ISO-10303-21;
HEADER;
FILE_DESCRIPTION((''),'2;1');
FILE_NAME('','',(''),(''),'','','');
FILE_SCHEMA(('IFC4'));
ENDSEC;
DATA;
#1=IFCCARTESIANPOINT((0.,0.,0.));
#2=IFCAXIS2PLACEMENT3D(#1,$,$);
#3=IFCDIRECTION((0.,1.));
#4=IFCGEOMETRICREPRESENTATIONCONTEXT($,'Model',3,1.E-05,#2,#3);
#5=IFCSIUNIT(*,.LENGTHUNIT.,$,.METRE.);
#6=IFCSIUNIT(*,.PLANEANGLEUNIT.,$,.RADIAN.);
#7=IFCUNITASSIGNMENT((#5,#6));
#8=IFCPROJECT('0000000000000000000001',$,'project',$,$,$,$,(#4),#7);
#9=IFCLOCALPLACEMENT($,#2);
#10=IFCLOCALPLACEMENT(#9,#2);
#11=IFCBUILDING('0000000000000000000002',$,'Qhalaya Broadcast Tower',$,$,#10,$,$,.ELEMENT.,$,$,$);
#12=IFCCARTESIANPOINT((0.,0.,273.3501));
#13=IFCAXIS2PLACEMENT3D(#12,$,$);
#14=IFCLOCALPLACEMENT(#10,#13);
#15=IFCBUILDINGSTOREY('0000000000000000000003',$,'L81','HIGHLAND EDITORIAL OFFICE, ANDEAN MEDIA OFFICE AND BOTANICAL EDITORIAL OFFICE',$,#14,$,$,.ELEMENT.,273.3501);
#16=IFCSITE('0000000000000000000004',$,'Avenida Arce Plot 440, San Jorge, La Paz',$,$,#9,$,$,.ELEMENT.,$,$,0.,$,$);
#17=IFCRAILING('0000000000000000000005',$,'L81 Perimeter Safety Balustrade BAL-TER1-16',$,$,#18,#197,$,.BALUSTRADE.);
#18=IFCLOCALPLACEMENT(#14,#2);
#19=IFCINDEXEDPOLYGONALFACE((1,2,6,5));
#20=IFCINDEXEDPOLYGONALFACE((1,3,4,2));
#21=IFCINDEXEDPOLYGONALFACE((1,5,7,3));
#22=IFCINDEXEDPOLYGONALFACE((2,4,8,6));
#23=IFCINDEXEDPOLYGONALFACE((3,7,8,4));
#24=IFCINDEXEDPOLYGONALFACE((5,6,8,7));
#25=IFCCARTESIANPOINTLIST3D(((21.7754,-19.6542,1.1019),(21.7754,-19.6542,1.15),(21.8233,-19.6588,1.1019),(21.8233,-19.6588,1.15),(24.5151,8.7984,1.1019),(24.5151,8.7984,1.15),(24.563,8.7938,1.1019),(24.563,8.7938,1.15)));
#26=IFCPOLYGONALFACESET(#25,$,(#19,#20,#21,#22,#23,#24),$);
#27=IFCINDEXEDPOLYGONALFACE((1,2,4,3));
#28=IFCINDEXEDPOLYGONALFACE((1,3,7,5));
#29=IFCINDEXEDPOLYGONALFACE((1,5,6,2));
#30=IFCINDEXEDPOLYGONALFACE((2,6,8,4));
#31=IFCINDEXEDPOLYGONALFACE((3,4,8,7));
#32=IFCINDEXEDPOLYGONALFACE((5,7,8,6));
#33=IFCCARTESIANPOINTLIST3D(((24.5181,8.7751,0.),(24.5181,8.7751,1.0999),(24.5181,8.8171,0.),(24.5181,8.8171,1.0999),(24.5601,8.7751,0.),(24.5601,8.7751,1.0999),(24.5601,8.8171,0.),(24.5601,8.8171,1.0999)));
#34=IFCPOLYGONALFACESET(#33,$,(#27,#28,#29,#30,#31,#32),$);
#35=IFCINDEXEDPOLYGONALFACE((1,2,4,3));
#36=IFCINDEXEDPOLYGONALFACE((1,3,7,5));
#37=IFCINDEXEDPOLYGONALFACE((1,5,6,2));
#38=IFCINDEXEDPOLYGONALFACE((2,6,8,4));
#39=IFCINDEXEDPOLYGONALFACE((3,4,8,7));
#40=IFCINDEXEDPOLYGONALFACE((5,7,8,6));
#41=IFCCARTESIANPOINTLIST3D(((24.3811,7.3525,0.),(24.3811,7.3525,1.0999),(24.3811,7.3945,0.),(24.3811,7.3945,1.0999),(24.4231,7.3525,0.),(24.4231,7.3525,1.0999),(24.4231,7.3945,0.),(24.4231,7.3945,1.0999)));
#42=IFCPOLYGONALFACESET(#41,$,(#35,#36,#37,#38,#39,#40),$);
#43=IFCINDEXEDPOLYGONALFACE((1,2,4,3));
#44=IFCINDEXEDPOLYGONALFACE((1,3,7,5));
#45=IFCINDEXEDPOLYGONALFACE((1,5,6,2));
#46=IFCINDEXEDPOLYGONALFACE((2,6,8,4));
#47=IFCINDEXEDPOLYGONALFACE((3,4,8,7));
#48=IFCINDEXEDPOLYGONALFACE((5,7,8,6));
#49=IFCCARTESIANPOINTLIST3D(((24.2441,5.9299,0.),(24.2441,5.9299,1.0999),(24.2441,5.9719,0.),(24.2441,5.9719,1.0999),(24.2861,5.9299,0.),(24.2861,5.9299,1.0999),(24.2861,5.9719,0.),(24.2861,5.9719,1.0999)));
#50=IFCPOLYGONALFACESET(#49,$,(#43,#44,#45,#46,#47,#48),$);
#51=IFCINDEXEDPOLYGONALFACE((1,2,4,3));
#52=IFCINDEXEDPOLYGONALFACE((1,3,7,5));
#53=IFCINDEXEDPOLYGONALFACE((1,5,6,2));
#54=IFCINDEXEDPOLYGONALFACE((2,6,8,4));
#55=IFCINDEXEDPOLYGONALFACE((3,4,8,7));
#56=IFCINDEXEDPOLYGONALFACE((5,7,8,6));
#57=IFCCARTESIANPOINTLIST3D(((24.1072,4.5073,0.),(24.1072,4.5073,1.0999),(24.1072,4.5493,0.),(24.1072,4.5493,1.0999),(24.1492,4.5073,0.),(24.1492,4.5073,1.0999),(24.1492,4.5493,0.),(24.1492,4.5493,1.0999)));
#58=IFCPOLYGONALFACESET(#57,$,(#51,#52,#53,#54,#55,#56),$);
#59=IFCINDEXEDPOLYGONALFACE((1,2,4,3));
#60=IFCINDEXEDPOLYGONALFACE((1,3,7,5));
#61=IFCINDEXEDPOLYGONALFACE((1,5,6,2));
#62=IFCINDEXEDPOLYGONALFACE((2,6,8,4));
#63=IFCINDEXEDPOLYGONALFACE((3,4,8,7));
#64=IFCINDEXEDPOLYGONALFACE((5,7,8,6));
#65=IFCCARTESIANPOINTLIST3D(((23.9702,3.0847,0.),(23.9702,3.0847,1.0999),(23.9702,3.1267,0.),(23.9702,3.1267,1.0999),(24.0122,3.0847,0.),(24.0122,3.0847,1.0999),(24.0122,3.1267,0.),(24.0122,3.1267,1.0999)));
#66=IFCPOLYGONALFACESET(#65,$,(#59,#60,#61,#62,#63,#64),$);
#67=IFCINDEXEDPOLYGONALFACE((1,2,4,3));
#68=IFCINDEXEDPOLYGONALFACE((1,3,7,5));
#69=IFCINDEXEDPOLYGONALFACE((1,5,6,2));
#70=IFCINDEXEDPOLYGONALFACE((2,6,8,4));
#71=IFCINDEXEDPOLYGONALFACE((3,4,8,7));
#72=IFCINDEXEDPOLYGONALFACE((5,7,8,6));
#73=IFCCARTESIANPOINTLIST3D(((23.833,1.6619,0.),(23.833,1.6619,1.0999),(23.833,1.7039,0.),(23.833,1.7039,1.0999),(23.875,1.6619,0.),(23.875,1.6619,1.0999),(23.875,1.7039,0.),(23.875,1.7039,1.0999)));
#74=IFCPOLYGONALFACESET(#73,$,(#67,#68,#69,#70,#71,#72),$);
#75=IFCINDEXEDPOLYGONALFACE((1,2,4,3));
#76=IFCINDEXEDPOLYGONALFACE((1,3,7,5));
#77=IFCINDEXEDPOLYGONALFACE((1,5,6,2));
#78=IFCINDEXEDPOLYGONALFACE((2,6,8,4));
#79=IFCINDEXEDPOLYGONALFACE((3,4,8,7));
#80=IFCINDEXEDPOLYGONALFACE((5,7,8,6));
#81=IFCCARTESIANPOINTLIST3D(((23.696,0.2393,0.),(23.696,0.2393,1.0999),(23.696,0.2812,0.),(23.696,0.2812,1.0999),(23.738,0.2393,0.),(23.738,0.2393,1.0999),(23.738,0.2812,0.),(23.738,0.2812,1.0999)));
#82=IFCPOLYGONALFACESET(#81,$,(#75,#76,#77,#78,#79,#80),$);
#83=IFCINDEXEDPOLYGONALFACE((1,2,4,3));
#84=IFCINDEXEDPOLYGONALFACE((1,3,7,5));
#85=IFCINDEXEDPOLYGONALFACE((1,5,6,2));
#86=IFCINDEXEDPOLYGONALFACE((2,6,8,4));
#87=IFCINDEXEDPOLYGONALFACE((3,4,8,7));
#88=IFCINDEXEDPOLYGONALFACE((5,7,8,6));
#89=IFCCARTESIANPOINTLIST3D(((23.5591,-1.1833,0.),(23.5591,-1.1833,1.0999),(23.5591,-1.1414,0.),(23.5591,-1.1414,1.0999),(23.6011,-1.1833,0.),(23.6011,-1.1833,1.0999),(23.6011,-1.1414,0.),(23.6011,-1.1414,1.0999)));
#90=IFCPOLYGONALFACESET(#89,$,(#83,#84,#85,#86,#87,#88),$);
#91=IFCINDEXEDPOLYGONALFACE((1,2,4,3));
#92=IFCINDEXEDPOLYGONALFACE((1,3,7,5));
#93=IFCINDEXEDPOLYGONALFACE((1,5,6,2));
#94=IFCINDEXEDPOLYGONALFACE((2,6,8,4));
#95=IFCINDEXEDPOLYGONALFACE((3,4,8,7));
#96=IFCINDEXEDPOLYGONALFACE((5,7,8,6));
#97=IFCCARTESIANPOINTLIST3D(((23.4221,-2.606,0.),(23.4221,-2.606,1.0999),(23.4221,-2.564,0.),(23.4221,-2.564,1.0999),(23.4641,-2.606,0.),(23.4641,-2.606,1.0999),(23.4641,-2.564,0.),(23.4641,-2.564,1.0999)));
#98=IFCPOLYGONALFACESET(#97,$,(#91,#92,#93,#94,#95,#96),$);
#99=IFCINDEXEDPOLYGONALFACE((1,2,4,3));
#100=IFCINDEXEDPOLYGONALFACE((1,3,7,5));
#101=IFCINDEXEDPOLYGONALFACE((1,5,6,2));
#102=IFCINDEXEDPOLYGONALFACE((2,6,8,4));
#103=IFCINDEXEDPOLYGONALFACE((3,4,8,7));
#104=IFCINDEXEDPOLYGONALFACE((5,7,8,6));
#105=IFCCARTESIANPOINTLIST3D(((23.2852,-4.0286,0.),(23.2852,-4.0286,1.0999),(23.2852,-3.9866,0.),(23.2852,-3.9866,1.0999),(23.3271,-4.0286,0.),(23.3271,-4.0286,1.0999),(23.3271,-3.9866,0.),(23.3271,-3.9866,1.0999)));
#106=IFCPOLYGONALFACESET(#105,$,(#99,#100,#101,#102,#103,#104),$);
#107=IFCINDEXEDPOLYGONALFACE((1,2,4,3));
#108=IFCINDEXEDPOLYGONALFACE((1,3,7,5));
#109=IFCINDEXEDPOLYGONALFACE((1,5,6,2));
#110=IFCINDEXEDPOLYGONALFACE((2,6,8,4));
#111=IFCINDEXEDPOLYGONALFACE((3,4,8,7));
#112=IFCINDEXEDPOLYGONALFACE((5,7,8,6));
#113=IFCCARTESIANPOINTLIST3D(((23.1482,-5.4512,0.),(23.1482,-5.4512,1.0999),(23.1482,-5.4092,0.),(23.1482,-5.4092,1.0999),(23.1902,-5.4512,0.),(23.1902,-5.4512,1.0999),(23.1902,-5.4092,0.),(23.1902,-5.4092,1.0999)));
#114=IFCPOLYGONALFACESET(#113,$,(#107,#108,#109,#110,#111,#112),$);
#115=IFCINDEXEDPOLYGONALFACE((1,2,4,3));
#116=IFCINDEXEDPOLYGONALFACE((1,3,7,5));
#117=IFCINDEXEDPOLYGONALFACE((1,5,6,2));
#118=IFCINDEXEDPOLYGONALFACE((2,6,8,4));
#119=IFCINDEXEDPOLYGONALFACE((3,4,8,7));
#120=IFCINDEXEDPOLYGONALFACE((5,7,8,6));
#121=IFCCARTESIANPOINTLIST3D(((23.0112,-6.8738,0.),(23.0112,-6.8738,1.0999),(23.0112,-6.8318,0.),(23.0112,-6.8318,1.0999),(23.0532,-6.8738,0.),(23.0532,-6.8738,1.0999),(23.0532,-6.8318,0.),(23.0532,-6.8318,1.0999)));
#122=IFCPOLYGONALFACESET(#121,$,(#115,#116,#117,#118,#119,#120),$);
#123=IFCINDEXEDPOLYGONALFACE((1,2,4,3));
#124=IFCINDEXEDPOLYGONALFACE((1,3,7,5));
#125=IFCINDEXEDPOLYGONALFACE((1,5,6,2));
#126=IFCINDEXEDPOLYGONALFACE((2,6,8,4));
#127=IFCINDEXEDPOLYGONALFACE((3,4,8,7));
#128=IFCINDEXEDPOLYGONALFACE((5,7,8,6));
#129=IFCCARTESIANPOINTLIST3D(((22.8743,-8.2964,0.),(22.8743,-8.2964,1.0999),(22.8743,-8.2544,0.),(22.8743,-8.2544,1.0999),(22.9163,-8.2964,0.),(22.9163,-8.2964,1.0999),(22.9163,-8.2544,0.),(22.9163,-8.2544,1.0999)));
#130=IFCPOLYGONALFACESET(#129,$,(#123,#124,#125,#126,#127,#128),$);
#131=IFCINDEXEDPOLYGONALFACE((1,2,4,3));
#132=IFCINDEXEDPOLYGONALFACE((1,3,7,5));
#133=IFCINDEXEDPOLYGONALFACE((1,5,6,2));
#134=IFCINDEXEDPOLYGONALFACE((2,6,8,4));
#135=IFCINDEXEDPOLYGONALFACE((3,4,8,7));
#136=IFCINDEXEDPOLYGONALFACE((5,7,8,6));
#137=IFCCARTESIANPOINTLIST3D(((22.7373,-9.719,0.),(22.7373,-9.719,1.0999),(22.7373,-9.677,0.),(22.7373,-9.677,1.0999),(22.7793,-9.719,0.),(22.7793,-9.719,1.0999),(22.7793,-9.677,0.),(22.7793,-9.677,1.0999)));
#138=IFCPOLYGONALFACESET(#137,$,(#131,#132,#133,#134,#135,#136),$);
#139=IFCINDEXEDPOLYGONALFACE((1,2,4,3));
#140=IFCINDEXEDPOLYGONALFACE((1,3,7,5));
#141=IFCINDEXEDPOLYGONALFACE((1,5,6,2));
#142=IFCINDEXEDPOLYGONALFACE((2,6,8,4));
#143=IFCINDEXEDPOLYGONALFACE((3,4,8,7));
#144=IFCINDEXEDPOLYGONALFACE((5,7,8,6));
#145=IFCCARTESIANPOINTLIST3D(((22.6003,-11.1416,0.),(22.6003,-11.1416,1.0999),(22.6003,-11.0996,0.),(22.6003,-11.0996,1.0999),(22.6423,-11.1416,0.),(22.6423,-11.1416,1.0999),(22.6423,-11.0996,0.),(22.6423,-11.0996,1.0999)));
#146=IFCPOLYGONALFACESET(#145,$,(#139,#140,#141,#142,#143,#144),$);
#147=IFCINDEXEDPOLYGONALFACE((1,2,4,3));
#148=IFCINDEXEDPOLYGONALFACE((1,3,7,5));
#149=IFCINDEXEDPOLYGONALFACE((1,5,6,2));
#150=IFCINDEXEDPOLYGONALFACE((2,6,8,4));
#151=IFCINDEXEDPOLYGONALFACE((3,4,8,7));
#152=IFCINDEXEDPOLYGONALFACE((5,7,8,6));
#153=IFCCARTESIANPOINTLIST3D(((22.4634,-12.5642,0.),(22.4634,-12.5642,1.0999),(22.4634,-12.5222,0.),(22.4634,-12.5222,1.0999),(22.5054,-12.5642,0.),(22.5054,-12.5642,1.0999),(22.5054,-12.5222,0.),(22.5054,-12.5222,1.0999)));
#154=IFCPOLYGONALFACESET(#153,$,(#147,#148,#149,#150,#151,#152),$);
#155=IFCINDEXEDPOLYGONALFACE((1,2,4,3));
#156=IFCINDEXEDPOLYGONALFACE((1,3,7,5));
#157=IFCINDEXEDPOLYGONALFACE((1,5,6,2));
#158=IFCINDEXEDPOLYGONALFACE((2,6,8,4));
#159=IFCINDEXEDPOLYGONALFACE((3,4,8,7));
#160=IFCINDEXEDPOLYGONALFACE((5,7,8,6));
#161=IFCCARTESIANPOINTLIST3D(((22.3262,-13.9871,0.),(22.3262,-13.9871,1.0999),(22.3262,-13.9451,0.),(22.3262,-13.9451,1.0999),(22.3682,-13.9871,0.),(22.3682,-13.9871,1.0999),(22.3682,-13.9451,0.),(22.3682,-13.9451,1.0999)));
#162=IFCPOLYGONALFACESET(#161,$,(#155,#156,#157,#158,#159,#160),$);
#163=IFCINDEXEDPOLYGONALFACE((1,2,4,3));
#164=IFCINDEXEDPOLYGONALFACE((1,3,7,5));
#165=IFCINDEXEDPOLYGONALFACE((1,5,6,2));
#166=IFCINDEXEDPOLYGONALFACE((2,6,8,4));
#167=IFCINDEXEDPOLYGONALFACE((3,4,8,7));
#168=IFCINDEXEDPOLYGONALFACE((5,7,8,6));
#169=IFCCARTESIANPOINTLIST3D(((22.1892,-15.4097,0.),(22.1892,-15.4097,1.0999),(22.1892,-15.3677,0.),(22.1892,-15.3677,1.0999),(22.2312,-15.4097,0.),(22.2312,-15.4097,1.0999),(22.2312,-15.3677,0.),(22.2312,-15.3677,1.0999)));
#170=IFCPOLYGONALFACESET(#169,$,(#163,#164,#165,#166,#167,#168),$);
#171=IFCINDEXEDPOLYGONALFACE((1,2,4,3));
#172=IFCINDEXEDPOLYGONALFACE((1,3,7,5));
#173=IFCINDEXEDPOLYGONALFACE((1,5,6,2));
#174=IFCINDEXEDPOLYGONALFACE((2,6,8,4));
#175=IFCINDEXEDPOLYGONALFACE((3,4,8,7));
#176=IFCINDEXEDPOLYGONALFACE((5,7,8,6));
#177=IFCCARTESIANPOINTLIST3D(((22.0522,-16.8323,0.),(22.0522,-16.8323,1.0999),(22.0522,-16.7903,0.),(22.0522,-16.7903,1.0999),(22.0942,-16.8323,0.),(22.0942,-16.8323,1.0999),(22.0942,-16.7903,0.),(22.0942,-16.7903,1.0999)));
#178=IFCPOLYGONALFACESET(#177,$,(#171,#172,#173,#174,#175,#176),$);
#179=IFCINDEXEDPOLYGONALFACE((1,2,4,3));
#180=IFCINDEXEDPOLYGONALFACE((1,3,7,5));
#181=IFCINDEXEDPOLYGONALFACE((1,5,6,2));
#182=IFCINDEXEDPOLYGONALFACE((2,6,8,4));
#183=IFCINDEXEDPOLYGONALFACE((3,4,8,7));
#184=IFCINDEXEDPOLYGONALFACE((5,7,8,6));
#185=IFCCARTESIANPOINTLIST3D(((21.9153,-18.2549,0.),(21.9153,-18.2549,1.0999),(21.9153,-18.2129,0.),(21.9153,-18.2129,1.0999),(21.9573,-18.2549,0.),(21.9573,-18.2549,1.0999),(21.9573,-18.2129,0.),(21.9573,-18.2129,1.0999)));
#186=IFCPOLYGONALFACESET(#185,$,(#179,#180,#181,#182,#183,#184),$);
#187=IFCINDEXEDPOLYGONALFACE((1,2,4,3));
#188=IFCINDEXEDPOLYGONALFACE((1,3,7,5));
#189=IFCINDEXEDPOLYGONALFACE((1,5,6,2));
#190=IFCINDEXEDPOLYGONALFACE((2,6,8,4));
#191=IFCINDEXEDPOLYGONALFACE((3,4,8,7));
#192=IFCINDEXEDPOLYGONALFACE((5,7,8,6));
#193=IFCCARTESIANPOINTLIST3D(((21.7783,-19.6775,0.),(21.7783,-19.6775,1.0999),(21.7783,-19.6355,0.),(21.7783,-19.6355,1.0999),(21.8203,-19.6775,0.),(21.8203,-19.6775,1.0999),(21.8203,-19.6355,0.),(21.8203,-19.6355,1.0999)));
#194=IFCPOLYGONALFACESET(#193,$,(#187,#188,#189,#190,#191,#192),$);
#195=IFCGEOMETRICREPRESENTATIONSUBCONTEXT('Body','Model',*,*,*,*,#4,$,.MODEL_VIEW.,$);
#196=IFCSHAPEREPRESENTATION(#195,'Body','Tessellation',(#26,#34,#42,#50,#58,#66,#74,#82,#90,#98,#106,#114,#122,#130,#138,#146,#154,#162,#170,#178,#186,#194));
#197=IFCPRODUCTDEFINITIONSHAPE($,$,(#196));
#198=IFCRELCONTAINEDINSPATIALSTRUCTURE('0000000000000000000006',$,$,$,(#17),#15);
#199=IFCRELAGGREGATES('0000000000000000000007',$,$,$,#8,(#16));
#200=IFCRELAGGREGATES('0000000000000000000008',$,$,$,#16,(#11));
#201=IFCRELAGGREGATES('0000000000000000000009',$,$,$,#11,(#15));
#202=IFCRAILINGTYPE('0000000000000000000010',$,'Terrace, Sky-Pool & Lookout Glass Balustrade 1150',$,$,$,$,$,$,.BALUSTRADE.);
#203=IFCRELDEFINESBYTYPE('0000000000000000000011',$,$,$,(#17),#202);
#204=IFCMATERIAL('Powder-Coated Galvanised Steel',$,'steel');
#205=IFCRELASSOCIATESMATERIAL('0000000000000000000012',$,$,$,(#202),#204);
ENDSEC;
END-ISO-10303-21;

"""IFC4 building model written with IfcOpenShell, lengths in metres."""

from ifc_helpers import new_model, si_unit, direction, frame, origin, origin_2d, place, context, subcontext, project, spatial, rectangle, extrude, material, type_object, element, save


model = new_model("IFC4")

# Units and contexts
model_context = context("Model", 3, precision=1e-05, world=origin(), true_north=direction((0.0, 1.0)))
body_context = subcontext(model_context, "Body", "Model", "MODEL_VIEW")
ifc_project = project(units=[si_unit("LENGTHUNIT", "METRE"), si_unit("PLANEANGLEUNIT", "RADIAN")], contexts=[model_context])

# Site, building, storey
site_placement = place(None, origin())
site = spatial("IfcSite", under=ifc_project, at=site_placement, Name="Avenida Arce Plot 440, San Jorge, La Paz", CompositionType="ELEMENT", RefElevation=0.0)
building_placement = place(site_placement, origin())
building = spatial("IfcBuilding", under=site, at=building_placement, Name="Qhalaya Broadcast Tower", CompositionType="ELEMENT")
storey_placement = place(building_placement, frame((0.0, 0.0, 273.3501)))
storey = spatial("IfcBuildingStorey", under=building, at=storey_placement, Name="L81", Description="HIGHLAND EDITORIAL OFFICE, ANDEAN MEDIA OFFICE AND BOTANICAL EDITORIAL OFFICE", CompositionType="ELEMENT", Elevation=273.3501)

# Railing
ifc_material_1 = material(Name="Powder-Coated Galvanised Steel", Category="steel")
railing_type = type_object("IfcRailingType", Name="Terrace, Sky-Pool & Lookout Glass Balustrade 1150", PredefinedType="BALUSTRADE", material=ifc_material_1)
railing_1_placement = place(storey_placement, frame((24.5391, 8.7961, 0.0)))
element("IfcRailing", 1, at=railing_1_placement, inside=storey, type_object=railing_type, Name="L81 Perimeter Safety Balustrade BAL-TER1-16", PredefinedType="BALUSTRADE", context=body_context, shape_type="SweptSolid", body=[
    extrude(rectangle(XDim=0.0481, YDim=0.0481, at=origin_2d()), frame((0.0, 0.0, 1.126), z_axis=(-0.095848, -0.995396, 0.0), x_axis=(0.995396, -0.095848, 0.0)), (0.0, 0.0, 1.0), 28.5842),
    extrude(rectangle(XDim=0.042, YDim=0.042, at=origin_2d()), origin(), (0.0, 0.0, 1.0), 1.0999),
    extrude(rectangle(XDim=0.042, YDim=0.042, at=origin_2d()), frame((-0.137, -1.4226, 0.0)), (0.0, 0.0, 1.0), 1.0999),
    extrude(rectangle(XDim=0.042, YDim=0.042, at=origin_2d()), frame((-0.2739, -2.8452, 0.0)), (0.0, 0.0, 1.0), 1.0999),
    extrude(rectangle(XDim=0.042, YDim=0.042, at=origin_2d()), frame((-0.4109, -4.2678, 0.0)), (0.0, 0.0, 1.0), 1.0999),
    extrude(rectangle(XDim=0.042, YDim=0.042, at=origin_2d()), frame((-0.5479, -5.6904, 0.0)), (0.0, 0.0, 1.0), 1.0999),
    extrude(rectangle(XDim=0.042, YDim=0.042, at=origin_2d()), frame((-0.6851, -7.1133, 0.0)), (0.0, 0.0, 1.0), 1.0999),
    extrude(rectangle(XDim=0.042, YDim=0.042, at=origin_2d()), frame((-0.822, -8.5359, 0.0)), (0.0, 0.0, 1.0), 1.0999),
    extrude(rectangle(XDim=0.042, YDim=0.042, at=origin_2d()), frame((-0.959, -9.9585, 0.0)), (0.0, 0.0, 1.0), 1.0999),
    extrude(rectangle(XDim=0.042, YDim=0.042, at=origin_2d()), frame((-1.0959, -11.3811, 0.0)), (0.0, 0.0, 1.0), 1.0999),
    extrude(rectangle(XDim=0.042, YDim=0.042, at=origin_2d()), frame((-1.2329, -12.8037, 0.0)), (0.0, 0.0, 1.0), 1.0999),
    extrude(rectangle(XDim=0.042, YDim=0.042, at=origin_2d()), frame((-1.3699, -14.2263, 0.0)), (0.0, 0.0, 1.0), 1.0999),
    extrude(rectangle(XDim=0.042, YDim=0.042, at=origin_2d()), frame((-1.5068, -15.6489, 0.0)), (0.0, 0.0, 1.0), 1.0999),
    extrude(rectangle(XDim=0.042, YDim=0.042, at=origin_2d()), frame((-1.6438, -17.0715, 0.0)), (0.0, 0.0, 1.0), 1.0999),
    extrude(rectangle(XDim=0.042, YDim=0.042, at=origin_2d()), frame((-1.7808, -18.4941, 0.0)), (0.0, 0.0, 1.0), 1.0999),
    extrude(rectangle(XDim=0.042, YDim=0.042, at=origin_2d()), frame((-1.9177, -19.9167, 0.0)), (0.0, 0.0, 1.0), 1.0999),
    extrude(rectangle(XDim=0.042, YDim=0.042, at=origin_2d()), frame((-2.0547, -21.3394, 0.0)), (0.0, 0.0, 1.0), 1.0999),
    extrude(rectangle(XDim=0.042, YDim=0.042, at=origin_2d()), frame((-2.1919, -22.7622, 0.0)), (0.0, 0.0, 1.0), 1.0999),
    extrude(rectangle(XDim=0.042, YDim=0.042, at=origin_2d()), frame((-2.3289, -24.1848, 0.0)), (0.0, 0.0, 1.0), 1.0999),
    extrude(rectangle(XDim=0.042, YDim=0.042, at=origin_2d()), frame((-2.4658, -25.6074, 0.0)), (0.0, 0.0, 1.0), 1.0999),
    extrude(rectangle(XDim=0.042, YDim=0.042, at=origin_2d()), frame((-2.6028, -27.03, 0.0)), (0.0, 0.0, 1.0), 1.0999),
    extrude(rectangle(XDim=0.042, YDim=0.042, at=origin_2d()), frame((-2.7397, -28.4526, 0.0)), (0.0, 0.0, 1.0), 1.0999),
])

save(model, "model.ifc")
